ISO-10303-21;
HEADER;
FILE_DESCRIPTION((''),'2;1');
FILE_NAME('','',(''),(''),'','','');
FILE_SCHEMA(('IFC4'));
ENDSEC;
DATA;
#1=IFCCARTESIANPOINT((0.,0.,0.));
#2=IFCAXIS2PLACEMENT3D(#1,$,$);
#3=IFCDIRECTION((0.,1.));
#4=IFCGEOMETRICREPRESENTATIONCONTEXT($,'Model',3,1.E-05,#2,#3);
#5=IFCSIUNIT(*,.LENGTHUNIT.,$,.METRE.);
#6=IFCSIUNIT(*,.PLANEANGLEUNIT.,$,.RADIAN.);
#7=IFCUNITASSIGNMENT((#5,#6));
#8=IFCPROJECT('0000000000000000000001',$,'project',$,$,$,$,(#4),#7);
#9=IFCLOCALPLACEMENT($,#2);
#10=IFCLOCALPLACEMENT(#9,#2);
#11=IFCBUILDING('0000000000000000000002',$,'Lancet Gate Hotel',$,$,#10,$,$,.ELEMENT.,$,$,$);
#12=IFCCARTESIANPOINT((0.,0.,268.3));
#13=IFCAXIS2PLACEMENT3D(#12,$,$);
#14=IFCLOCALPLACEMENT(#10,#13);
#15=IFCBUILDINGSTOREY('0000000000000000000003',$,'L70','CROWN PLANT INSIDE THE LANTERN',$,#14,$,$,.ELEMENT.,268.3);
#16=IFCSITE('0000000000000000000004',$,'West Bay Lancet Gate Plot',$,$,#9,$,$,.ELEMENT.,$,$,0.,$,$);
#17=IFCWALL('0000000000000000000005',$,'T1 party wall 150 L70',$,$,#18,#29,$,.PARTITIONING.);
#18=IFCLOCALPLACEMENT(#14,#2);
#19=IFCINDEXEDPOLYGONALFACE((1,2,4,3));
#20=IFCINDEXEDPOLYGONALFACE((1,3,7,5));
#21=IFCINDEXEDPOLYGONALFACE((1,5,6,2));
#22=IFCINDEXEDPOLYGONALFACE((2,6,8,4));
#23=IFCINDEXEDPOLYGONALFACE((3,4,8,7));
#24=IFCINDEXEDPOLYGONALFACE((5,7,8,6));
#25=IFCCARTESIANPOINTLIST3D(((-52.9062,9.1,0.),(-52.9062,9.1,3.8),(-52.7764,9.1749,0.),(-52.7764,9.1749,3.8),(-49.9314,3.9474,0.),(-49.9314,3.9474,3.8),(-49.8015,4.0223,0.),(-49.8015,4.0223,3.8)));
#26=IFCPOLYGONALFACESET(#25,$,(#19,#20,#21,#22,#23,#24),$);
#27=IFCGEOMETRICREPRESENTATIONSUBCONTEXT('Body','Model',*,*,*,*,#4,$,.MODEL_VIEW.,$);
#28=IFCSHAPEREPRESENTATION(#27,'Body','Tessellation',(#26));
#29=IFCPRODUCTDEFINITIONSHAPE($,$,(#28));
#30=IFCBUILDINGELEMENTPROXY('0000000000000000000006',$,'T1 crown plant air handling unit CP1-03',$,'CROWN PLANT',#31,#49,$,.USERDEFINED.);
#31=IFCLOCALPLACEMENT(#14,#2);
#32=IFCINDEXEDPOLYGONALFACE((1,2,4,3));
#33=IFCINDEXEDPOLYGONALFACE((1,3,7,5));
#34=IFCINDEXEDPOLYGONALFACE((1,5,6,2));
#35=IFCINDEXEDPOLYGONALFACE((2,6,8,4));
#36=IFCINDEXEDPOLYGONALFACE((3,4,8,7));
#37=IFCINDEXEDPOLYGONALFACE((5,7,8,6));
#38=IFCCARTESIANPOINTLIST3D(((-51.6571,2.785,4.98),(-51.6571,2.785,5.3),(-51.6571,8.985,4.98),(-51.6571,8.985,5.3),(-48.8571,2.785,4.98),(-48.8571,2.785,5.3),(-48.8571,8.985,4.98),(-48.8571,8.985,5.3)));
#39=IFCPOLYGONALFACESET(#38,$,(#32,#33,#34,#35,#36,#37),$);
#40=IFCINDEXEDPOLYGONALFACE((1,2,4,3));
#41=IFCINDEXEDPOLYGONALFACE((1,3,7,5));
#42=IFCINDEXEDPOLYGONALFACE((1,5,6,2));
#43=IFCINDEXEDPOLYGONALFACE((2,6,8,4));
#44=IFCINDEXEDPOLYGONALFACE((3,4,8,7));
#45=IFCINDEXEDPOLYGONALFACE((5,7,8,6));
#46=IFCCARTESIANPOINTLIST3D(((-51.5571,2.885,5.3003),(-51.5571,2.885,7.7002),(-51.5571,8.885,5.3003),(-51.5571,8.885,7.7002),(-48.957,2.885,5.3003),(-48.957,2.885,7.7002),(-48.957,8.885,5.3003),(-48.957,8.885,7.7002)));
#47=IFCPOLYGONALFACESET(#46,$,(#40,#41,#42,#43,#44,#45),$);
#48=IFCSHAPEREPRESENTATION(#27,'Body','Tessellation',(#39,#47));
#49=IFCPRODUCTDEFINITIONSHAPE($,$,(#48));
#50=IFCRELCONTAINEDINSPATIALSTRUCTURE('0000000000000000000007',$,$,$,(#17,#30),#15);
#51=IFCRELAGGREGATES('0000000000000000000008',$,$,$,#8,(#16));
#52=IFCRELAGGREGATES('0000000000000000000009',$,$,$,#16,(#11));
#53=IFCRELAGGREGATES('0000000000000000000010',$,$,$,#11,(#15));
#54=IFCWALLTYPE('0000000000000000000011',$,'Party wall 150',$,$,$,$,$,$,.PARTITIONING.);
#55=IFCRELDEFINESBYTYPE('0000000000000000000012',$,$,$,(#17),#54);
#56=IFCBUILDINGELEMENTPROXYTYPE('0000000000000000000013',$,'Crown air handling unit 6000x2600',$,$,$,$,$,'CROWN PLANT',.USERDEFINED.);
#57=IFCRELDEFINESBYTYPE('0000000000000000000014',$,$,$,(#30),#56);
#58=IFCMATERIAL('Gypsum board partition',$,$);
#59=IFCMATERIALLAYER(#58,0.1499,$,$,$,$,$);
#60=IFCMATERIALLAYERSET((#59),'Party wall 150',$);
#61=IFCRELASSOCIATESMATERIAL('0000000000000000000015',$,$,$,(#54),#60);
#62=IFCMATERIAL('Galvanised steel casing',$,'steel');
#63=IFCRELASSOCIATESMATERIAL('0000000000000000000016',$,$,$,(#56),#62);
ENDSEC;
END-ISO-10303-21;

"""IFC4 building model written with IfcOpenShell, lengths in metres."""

from ifc_helpers import new_model, si_unit, direction, frame, frame_2d, origin, origin_2d, place, context, subcontext, project, spatial, rectangle, extrude, material, layer, layer_set, type_object, element, save


model = new_model("IFC4")

# Units and contexts
model_context = context("Model", 3, precision=1e-05, world=origin(), true_north=direction((0.0, 1.0)))
body_context = subcontext(model_context, "Body", "Model", "MODEL_VIEW")
ifc_project = project(units=[si_unit("LENGTHUNIT", "METRE"), si_unit("PLANEANGLEUNIT", "RADIAN")], contexts=[model_context])

# Site, building, storey
site_placement = place(None, origin())
site = spatial("IfcSite", under=ifc_project, at=site_placement, Name="West Bay Lancet Gate Plot", CompositionType="ELEMENT", RefElevation=0.0)
building_placement = place(site_placement, origin())
building = spatial("IfcBuilding", under=site, at=building_placement, Name="Lancet Gate Hotel", CompositionType="ELEMENT")
storey_placement = place(building_placement, frame((0.0, 0.0, 268.3)))
storey = spatial("IfcBuildingStorey", under=building, at=storey_placement, Name="L70", Description="CROWN PLANT INSIDE THE LANTERN", CompositionType="ELEMENT", Elevation=268.3)

# Wall
ifc_material_1 = material(Name="Gypsum board partition")
ifc_layer_1 = layer(ifc_material_1, 0.1499)
ifc_layer_set_1 = layer_set([ifc_layer_1], Name="Party wall 150")
wall_type = type_object("IfcWallType", Name="Party wall 150", PredefinedType="PARTITIONING", material=ifc_layer_set_1)
wall_placement = place(storey_placement, frame((-49.8665, 3.9849, 0.0), z_axis=(0.0, 0.0, 1.0), x_axis=(-0.500001, 0.866025, 0.0)))
element("IfcWall", 1, at=wall_placement, inside=storey, type_object=wall_type, Name="T1 party wall 150 L70", PredefinedType="PARTITIONING", context=body_context, shape_type="SweptSolid", body=[
    extrude(rectangle(XDim=5.9497, YDim=0.1499, at=frame_2d((2.9749, 0.0))), origin(), (0.0, 0.0, 1.0), 3.8),
])

# Building element proxy
ifc_material_2 = material(Name="Galvanised steel casing", Category="steel")
building_element_proxy_type = type_object("IfcBuildingElementProxyType", Name="Crown air handling unit 6000x2600", ElementType="CROWN PLANT", PredefinedType="USERDEFINED", material=ifc_material_2)
proxy_placement = place(storey_placement, frame((-50.2571, 5.885, 4.98), z_axis=(0.0, 0.0, 1.0), x_axis=(1.0, 0.0, 0.0)))
element("IfcBuildingElementProxy", 2, at=proxy_placement, inside=storey, type_object=building_element_proxy_type, Name="T1 crown plant air handling unit CP1-03", ObjectType="CROWN PLANT", PredefinedType="USERDEFINED", context=body_context, shape_type="SweptSolid", body=[
    extrude(rectangle(XDim=6.2, YDim=2.8, at=origin_2d()), frame((0.0, 0.0, 0.0), z_axis=(0.0, 0.0, 1.0), x_axis=(0.0, 1.0, 0.0)), (0.0, 0.0, 1.0), 0.3201),
    extrude(rectangle(XDim=6.0, YDim=2.6001, at=origin_2d()), frame((0.0, 0.0, 0.3203), z_axis=(0.0, 0.0, 1.0), x_axis=(0.0, 1.0, 0.0)), (0.0, 0.0, 1.0), 2.3999),
])

save(model, "model.ifc")
